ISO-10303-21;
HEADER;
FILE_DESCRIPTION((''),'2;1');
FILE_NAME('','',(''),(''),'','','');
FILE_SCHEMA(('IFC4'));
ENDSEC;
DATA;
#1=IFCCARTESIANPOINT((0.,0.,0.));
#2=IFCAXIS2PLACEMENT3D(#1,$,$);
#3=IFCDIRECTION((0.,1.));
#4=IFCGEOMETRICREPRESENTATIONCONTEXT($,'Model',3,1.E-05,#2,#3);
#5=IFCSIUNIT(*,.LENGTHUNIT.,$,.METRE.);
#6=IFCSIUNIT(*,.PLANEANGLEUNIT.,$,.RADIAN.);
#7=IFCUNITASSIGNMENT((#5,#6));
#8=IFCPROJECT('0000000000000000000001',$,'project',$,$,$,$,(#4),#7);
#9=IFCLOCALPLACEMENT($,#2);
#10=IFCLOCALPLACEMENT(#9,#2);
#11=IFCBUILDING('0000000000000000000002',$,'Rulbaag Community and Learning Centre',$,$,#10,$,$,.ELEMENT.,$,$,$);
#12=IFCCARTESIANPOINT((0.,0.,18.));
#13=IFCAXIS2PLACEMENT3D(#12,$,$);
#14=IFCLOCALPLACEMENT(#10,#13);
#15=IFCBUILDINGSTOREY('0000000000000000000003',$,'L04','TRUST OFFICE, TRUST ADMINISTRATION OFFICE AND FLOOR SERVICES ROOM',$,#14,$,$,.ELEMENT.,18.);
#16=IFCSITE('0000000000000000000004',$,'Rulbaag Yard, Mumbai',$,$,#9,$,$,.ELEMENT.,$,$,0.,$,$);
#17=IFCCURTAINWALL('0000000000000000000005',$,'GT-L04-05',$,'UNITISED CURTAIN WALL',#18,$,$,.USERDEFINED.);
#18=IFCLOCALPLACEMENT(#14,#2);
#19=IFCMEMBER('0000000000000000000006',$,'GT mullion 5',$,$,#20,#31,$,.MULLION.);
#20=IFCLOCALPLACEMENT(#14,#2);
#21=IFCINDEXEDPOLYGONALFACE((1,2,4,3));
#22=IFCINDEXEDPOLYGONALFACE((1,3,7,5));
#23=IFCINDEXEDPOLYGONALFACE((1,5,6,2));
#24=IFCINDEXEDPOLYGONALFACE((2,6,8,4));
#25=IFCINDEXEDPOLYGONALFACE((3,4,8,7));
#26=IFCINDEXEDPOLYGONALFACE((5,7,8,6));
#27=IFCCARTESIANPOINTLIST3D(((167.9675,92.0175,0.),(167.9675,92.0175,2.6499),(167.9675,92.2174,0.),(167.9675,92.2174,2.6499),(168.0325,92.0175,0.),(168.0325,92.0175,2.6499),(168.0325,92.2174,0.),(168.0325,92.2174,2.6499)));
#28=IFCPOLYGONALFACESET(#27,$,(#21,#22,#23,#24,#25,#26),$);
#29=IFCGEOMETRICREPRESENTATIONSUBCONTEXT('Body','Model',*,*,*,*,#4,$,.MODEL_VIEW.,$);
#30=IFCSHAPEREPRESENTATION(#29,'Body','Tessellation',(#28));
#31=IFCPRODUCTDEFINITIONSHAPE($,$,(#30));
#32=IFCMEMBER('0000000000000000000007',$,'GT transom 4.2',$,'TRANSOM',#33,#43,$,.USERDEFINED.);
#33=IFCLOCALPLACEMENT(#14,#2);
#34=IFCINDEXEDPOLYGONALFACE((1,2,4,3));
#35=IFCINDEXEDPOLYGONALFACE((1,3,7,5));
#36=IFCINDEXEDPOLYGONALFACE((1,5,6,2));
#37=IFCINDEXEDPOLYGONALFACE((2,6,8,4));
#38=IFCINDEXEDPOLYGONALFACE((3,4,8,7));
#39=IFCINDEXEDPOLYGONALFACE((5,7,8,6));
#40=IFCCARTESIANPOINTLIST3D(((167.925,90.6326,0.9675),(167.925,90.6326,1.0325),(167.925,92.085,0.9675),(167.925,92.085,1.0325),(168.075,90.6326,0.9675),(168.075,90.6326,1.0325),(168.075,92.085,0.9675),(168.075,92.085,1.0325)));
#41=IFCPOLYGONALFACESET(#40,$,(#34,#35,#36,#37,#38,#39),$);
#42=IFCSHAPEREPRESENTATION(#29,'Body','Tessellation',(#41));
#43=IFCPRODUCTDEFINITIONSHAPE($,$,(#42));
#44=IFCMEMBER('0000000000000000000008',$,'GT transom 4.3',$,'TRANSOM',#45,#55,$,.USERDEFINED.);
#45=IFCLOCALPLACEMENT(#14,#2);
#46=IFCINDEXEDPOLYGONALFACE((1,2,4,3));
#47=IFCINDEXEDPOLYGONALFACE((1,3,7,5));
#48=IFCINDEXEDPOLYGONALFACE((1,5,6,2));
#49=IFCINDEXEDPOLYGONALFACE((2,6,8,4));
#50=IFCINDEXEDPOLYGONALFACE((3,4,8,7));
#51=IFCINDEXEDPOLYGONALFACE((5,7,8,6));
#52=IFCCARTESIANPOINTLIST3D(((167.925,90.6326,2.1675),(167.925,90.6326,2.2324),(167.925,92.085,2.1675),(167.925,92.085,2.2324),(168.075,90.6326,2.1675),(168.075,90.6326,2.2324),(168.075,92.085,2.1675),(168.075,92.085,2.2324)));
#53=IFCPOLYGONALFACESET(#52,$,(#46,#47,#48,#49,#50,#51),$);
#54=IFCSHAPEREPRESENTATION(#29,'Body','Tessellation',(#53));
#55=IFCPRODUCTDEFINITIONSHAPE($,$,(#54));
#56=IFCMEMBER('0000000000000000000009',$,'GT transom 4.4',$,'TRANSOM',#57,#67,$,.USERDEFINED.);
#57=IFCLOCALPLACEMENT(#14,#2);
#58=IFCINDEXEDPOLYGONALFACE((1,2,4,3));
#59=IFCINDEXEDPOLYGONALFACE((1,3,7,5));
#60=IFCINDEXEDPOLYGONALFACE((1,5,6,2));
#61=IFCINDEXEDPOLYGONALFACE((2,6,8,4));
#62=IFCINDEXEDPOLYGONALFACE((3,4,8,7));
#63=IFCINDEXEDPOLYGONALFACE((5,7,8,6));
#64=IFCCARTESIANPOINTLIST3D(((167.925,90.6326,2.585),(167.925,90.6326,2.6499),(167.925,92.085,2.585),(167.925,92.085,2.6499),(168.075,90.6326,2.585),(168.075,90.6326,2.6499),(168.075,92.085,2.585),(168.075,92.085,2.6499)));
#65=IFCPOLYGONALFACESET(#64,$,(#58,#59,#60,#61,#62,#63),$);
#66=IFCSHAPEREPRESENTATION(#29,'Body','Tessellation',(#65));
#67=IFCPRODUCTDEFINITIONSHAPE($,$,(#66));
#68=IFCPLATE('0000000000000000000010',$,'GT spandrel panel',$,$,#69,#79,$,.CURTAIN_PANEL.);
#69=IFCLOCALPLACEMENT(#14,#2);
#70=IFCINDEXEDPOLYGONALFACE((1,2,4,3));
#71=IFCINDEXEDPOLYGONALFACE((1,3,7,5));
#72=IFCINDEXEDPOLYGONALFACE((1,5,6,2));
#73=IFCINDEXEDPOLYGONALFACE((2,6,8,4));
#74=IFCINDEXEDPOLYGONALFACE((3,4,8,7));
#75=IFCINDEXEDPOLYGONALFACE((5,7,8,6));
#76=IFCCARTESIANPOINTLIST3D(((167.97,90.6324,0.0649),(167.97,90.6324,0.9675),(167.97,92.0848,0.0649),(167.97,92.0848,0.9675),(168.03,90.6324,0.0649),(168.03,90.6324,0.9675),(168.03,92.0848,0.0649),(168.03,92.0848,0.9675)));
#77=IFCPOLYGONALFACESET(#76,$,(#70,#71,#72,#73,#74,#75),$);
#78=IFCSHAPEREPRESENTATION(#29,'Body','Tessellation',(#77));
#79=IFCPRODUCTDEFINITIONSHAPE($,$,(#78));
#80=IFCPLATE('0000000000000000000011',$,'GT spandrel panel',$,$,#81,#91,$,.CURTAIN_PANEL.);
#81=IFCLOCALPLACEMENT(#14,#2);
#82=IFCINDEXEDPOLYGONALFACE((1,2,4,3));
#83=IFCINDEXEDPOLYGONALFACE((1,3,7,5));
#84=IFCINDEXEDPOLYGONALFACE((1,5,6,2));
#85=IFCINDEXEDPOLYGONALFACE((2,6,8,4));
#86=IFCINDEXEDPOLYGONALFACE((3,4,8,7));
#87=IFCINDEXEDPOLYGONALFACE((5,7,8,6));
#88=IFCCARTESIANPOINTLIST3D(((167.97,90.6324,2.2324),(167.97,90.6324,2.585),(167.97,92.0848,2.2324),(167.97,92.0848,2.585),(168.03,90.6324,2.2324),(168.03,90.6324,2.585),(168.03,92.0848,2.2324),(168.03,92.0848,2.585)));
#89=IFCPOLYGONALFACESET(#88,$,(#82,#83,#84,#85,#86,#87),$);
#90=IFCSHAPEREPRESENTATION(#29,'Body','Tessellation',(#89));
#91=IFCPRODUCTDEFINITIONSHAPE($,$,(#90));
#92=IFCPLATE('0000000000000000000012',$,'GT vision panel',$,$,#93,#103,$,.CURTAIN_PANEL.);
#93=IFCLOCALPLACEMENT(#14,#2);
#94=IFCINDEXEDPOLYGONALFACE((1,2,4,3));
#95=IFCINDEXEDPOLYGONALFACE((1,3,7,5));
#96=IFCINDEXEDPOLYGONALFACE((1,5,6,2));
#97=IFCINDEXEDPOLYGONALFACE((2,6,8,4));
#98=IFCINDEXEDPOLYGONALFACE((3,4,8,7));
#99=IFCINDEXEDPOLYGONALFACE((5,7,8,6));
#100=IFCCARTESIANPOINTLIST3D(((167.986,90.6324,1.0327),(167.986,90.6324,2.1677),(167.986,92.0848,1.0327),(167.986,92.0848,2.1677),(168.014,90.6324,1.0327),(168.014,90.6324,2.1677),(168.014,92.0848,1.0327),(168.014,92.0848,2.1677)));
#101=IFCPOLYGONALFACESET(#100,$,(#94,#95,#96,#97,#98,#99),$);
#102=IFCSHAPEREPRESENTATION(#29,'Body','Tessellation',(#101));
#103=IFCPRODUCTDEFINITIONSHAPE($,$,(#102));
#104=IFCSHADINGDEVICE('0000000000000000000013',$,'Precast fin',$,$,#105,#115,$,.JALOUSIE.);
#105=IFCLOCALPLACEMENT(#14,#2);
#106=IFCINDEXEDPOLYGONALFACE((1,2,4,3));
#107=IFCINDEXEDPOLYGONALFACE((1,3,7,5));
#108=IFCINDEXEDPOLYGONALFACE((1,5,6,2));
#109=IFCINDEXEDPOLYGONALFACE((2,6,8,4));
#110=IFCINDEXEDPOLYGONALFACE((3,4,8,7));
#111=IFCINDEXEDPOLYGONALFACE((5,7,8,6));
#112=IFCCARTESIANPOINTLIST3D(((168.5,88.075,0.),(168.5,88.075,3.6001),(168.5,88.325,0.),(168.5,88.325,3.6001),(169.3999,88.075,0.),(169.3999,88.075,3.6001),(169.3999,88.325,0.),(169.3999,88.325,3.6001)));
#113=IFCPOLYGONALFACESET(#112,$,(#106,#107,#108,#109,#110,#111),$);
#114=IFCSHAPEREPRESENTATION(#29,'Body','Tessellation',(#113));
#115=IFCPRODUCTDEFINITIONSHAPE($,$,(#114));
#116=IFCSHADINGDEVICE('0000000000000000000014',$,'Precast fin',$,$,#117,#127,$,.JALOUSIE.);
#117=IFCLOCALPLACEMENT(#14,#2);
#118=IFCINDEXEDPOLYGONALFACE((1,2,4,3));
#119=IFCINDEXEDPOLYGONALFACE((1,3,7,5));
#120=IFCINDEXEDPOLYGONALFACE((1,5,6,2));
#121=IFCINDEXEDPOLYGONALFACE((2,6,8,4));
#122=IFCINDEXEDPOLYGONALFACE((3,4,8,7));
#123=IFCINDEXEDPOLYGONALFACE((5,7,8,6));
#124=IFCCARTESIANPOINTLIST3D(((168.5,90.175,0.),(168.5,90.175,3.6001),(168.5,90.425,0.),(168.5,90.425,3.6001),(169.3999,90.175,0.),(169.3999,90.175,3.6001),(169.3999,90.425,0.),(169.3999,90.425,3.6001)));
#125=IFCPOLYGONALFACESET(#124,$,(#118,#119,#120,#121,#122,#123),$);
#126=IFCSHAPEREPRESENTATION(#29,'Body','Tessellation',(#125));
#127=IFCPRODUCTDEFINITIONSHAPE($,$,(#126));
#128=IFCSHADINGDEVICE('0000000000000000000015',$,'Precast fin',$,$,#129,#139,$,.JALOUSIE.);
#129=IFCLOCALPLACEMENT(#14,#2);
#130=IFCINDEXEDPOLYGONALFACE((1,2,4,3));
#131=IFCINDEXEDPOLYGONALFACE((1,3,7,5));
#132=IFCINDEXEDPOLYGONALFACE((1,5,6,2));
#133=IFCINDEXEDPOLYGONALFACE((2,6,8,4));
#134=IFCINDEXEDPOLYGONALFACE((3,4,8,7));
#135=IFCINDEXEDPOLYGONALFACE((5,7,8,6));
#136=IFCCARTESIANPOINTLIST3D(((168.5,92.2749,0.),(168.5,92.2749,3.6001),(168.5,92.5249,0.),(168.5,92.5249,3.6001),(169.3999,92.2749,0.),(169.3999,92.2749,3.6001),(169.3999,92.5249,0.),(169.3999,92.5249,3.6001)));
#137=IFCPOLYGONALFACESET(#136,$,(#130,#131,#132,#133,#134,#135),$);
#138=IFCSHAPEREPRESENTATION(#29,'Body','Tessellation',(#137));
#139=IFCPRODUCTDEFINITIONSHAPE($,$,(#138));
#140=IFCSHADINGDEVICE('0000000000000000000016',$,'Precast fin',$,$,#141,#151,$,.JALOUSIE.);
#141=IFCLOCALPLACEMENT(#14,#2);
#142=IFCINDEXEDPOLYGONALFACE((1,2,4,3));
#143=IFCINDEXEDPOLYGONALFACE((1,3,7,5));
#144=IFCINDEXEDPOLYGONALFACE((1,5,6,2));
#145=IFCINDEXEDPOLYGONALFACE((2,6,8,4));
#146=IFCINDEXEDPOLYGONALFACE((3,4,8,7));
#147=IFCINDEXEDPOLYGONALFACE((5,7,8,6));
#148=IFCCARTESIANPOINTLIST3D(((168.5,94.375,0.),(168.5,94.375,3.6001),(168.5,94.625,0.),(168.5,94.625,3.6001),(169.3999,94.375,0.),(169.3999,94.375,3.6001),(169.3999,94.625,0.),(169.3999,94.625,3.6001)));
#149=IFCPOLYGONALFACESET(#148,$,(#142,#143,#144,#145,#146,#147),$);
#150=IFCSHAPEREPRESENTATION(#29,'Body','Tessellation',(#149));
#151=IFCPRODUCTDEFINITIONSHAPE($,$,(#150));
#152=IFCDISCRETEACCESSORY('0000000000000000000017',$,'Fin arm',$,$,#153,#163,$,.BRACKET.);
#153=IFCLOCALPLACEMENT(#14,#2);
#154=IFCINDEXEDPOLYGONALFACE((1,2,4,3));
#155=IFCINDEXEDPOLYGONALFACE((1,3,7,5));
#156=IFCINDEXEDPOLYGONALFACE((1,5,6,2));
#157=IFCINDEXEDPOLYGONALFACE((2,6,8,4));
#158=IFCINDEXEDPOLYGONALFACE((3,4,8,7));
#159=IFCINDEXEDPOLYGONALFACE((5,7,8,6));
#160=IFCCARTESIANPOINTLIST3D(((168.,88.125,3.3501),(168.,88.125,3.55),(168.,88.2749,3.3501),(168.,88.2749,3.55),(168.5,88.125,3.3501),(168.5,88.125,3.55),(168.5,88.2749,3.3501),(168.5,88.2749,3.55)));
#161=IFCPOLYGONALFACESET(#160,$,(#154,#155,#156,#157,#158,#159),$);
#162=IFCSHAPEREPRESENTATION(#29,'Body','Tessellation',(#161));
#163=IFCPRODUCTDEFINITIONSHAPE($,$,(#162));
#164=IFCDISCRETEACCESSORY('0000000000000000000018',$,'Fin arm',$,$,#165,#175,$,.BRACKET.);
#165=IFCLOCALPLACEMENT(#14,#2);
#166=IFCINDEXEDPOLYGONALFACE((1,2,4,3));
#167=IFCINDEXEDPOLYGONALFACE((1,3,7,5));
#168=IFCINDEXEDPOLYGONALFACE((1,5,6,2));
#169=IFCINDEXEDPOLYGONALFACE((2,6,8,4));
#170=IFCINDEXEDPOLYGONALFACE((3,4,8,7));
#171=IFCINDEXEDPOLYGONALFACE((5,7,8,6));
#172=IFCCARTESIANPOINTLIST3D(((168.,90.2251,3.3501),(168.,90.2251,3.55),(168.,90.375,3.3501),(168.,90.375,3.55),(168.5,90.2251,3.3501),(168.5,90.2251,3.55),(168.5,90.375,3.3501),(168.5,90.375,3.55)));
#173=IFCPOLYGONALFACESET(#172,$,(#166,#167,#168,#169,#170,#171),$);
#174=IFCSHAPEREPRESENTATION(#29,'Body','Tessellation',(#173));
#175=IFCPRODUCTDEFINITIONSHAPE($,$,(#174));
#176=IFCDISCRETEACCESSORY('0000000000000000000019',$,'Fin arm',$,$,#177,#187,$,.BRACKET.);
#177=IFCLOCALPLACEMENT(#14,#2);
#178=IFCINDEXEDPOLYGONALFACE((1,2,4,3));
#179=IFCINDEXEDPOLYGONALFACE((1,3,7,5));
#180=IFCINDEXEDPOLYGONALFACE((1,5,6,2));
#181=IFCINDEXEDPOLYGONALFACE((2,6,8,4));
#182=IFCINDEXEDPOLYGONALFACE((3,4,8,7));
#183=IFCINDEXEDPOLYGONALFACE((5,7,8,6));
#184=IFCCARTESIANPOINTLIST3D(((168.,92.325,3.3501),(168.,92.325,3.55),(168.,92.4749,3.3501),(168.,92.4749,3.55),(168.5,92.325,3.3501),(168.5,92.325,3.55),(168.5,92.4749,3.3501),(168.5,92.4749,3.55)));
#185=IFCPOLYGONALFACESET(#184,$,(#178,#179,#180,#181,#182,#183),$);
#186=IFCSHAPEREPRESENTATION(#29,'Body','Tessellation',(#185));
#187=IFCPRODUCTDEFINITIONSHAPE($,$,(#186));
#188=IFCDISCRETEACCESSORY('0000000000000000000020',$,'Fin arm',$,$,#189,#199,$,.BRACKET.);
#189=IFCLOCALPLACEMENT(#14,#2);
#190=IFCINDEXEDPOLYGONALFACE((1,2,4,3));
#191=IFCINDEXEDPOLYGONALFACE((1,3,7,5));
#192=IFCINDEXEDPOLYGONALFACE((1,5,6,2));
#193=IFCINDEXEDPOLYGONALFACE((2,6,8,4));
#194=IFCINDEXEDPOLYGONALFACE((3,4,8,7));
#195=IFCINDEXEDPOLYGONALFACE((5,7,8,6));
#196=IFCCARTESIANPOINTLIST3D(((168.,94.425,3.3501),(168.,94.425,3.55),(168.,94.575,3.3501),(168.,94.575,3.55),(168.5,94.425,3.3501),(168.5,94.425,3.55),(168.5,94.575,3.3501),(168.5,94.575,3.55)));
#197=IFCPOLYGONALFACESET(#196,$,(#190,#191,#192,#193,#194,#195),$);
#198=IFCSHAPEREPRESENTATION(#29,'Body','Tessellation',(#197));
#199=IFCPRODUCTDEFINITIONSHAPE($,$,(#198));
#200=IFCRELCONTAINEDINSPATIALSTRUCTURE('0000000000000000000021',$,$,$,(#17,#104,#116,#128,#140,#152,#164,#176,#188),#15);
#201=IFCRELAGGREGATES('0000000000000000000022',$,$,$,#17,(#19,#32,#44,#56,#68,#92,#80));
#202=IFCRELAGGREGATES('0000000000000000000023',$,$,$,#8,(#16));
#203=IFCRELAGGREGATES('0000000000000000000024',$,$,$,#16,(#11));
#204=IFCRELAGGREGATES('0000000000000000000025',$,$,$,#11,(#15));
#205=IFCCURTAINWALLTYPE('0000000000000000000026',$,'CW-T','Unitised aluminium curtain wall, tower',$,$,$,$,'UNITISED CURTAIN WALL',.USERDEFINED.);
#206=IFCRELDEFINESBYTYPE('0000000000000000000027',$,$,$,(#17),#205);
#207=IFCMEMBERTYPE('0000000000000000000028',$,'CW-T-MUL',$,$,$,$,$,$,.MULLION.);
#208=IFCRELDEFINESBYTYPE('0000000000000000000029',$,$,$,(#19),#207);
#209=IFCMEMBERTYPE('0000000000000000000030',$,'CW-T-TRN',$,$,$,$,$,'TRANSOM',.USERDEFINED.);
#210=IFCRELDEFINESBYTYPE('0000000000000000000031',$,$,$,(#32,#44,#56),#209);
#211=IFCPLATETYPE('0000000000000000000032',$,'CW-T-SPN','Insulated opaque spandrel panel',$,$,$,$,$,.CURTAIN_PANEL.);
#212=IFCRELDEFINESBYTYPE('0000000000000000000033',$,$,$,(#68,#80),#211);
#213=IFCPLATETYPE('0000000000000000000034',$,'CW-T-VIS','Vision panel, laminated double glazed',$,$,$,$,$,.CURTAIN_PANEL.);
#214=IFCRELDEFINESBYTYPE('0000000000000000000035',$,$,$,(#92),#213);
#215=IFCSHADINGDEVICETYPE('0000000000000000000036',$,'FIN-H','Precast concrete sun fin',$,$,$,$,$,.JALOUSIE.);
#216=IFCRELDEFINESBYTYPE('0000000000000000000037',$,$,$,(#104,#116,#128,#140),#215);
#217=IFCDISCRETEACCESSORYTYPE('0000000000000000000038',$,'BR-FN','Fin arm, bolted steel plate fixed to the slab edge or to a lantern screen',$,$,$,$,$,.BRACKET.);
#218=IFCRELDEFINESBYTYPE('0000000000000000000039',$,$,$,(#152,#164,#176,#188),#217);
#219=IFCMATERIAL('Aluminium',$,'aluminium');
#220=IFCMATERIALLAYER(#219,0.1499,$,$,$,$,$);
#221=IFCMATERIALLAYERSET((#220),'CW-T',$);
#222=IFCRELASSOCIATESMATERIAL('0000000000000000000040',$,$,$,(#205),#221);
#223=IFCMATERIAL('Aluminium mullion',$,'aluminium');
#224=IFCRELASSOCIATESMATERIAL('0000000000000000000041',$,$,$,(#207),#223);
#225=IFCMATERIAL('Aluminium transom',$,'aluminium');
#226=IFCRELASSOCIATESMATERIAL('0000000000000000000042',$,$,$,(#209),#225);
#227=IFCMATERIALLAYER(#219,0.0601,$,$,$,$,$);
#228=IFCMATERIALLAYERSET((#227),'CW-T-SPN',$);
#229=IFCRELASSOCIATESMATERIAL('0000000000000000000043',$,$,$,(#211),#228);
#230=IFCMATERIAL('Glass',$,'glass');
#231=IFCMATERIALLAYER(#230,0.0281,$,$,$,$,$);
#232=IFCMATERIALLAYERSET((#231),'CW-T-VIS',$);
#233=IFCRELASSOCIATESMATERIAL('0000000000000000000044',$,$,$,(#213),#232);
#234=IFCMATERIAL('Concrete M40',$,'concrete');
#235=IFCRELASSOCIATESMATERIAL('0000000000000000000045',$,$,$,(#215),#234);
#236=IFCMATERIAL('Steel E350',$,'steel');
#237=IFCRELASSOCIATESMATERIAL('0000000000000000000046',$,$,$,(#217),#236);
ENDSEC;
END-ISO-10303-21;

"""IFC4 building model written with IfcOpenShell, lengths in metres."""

from ifc_helpers import new_model, si_unit, direction, frame, origin, origin_2d, place, context, subcontext, project, spatial, rectangle, extrude, material, layer, layer_set, material_profile, profile_set, type_object, element, aggregate, save


model = new_model("IFC4")

# Units and contexts
model_context = context("Model", 3, precision=1e-05, world=origin(), true_north=direction((0.0, 1.0)))
body_context = subcontext(model_context, "Body", "Model", "MODEL_VIEW")
ifc_project = project(units=[si_unit("LENGTHUNIT", "METRE"), si_unit("PLANEANGLEUNIT", "RADIAN")], contexts=[model_context])

# Site, building, storey
site_placement = place(None, origin())
site = spatial("IfcSite", under=ifc_project, at=site_placement, Name="Rulbaag Yard, Mumbai", CompositionType="ELEMENT", RefElevation=0.0)
building_placement = place(site_placement, origin())
building = spatial("IfcBuilding", under=site, at=building_placement, Name="Rulbaag Community and Learning Centre", CompositionType="ELEMENT")
storey_placement = place(building_placement, frame((0.0, 0.0, 18.0)))
storey = spatial("IfcBuildingStorey", under=building, at=storey_placement, Name="L04", Description="TRUST OFFICE, TRUST ADMINISTRATION OFFICE AND FLOOR SERVICES ROOM", CompositionType="ELEMENT", Elevation=18.0)

# Curtain wall, members, plates
ifc_material_1 = material(Name="Aluminium", Category="aluminium")
ifc_layer_1 = layer(ifc_material_1, 0.1499)
ifc_layer_set_1 = layer_set([ifc_layer_1], Name="CW-T")
curtain_wall_type = type_object("IfcCurtainWallType", Name="CW-T", Description="Unitised aluminium curtain wall, tower", ElementType="UNITISED CURTAIN WALL", PredefinedType="USERDEFINED", material=ifc_layer_set_1)
curtain_wall_placement = place(storey_placement, origin())
curtain_wall = element("IfcCurtainWall", 1, at=curtain_wall_placement, inside=storey, type_object=curtain_wall_type, Name="GT-L04-05", ObjectType="UNITISED CURTAIN WALL", PredefinedType="USERDEFINED")
ifc_material_2 = material(Name="Aluminium mullion", Category="aluminium")
ifc_material_profile_1 = material_profile(ifc_material_2, rectangle(XDim=0.0649, YDim=0.2, at=origin_2d()), Name="AL 65x200")
ifc_profile_set_1 = profile_set([ifc_material_profile_1], Name="Aluminium mullion")
member_type_1 = type_object("IfcMemberType", Name="CW-T-MUL", PredefinedType="MULLION", material=ifc_profile_set_1)
member_1_placement = place(storey_placement, frame((168.0, 92.1174, 0.0), z_axis=(0.0, 0.0, 1.0), x_axis=(-1.0, 0.0, 0.0)))
member_1 = element("IfcMember", 2, at=member_1_placement, type_object=member_type_1, Name="GT mullion 5", PredefinedType="MULLION", context=body_context, shape_type="SweptSolid", body=[
    extrude(rectangle(XDim=0.0649, YDim=0.2, at=origin_2d()), origin(), (0.0, 0.0, 1.0), 2.6499),
])
ifc_material_3 = material(Name="Aluminium transom", Category="aluminium")
ifc_material_profile_2 = material_profile(ifc_material_3, rectangle(XDim=0.1499, YDim=0.0649, at=origin_2d()), Name="AL 65x150 T")
ifc_profile_set_2 = profile_set([ifc_material_profile_2], Name="Aluminium transom")
member_type_2 = type_object("IfcMemberType", Name="CW-T-TRN", ElementType="TRANSOM", PredefinedType="USERDEFINED", material=ifc_profile_set_2)
member_2_placement = place(storey_placement, frame((168.0, 90.6326, 1.0), z_axis=(0.0, 1.0, 0.0), x_axis=(-1.0, 0.0, 0.0)))
member_2 = element("IfcMember", 3, at=member_2_placement, type_object=member_type_2, Name="GT transom 4.2", ObjectType="TRANSOM", PredefinedType="USERDEFINED", context=body_context, shape_type="SweptSolid", body=[
    extrude(rectangle(XDim=0.1499, YDim=0.0649, at=origin_2d()), origin(), (0.0, 0.0, 1.0), 1.4524),
])
member_3_placement = place(storey_placement, frame((168.0, 90.6326, 2.2), z_axis=(0.0, 1.0, 0.0), x_axis=(-1.0, 0.0, 0.0)))
member_3 = element("IfcMember", 4, at=member_3_placement, type_object=member_type_2, Name="GT transom 4.3", ObjectType="TRANSOM", PredefinedType="USERDEFINED", context=body_context, shape_type="SweptSolid", body=[
    extrude(rectangle(XDim=0.1499, YDim=0.0649, at=origin_2d()), origin(), (0.0, 0.0, 1.0), 1.4524),
])
member_4_placement = place(storey_placement, frame((168.0, 90.6326, 2.6174), z_axis=(0.0, 1.0, 0.0), x_axis=(-1.0, 0.0, 0.0)))
member_4 = element("IfcMember", 5, at=member_4_placement, type_object=member_type_2, Name="GT transom 4.4", ObjectType="TRANSOM", PredefinedType="USERDEFINED", context=body_context, shape_type="SweptSolid", body=[
    extrude(rectangle(XDim=0.1499, YDim=0.0649, at=origin_2d()), origin(), (0.0, 0.0, 1.0), 1.4524),
])
ifc_layer_2 = layer(ifc_material_1, 0.0601)
ifc_layer_set_2 = layer_set([ifc_layer_2], Name="CW-T-SPN")
plate_type_1 = type_object("IfcPlateType", Name="CW-T-SPN", Description="Insulated opaque spandrel panel", PredefinedType="CURTAIN_PANEL", material=ifc_layer_set_2)
plate_1_placement = place(storey_placement, frame((168.0, 91.3586, 0.0649), z_axis=(0.0, 0.0, 1.0), x_axis=(0.0, 1.0, 0.0)))
plate_1 = element("IfcPlate", 6, at=plate_1_placement, type_object=plate_type_1, Name="GT spandrel panel", PredefinedType="CURTAIN_PANEL", context=body_context, shape_type="SweptSolid", body=[
    extrude(rectangle(XDim=1.4524, YDim=0.0601, at=origin_2d()), origin(), (0.0, 0.0, 1.0), 0.9026),
])
plate_2_placement = place(storey_placement, frame((168.0, 91.3586, 2.2324), z_axis=(0.0, 0.0, 1.0), x_axis=(0.0, 1.0, 0.0)))
plate_2 = element("IfcPlate", 7, at=plate_2_placement, type_object=plate_type_1, Name="GT spandrel panel", PredefinedType="CURTAIN_PANEL", context=body_context, shape_type="SweptSolid", body=[
    extrude(rectangle(XDim=1.4524, YDim=0.0601, at=origin_2d()), origin(), (0.0, 0.0, 1.0), 0.3525),
])
ifc_material_4 = material(Name="Glass", Category="glass")
ifc_layer_3 = layer(ifc_material_4, 0.0281)
ifc_layer_set_3 = layer_set([ifc_layer_3], Name="CW-T-VIS")
plate_type_2 = type_object("IfcPlateType", Name="CW-T-VIS", Description="Vision panel, laminated double glazed", PredefinedType="CURTAIN_PANEL", material=ifc_layer_set_3)
plate_3_placement = place(storey_placement, frame((168.0, 91.3586, 1.0327), z_axis=(0.0, 0.0, 1.0), x_axis=(0.0, 1.0, 0.0)))
plate_3 = element("IfcPlate", 8, at=plate_3_placement, type_object=plate_type_2, Name="GT vision panel", PredefinedType="CURTAIN_PANEL", context=body_context, shape_type="SweptSolid", body=[
    extrude(rectangle(XDim=1.4524, YDim=0.0281, at=origin_2d()), origin(), (0.0, 0.0, 1.0), 1.135),
])
aggregate(curtain_wall, [member_1, member_2, member_3, member_4, plate_1, plate_3, plate_2])

# Shading devices
ifc_material_5 = material(Name="Concrete M40", Category="concrete")
ifc_material_profile_3 = material_profile(ifc_material_5, rectangle(XDim=0.25, YDim=0.8999, at=origin_2d()), Name="PC 250x900")
ifc_profile_set_3 = profile_set([ifc_material_profile_3], Name="Concrete M40")
shading_device_type = type_object("IfcShadingDeviceType", Name="FIN-H", Description="Precast concrete sun fin", PredefinedType="JALOUSIE", material=ifc_profile_set_3)
for number, where, z_axis, x_axis, name in (
    (9, (168.95, 88.2, 0.0), (0.0, 0.0, 1.0), (0.0, 1.0, 0.0), "Precast fin"),
    (10, (168.95, 90.3, 0.0), (0.0, 0.0, 1.0), (0.0, 1.0, 0.0), "Precast fin"),
    (11, (168.95, 92.3999, 0.0), (0.0, 0.0, 1.0), (0.0, 1.0, 0.0), "Precast fin"),
    (12, (168.95, 94.5, 0.0), (0.0, 0.0, 1.0), (0.0, 1.0, 0.0), "Precast fin"),
):
    element("IfcShadingDevice", number, at=place(storey_placement, frame(where, z_axis=z_axis, x_axis=x_axis)), inside=storey, type_object=shading_device_type, Name=name, PredefinedType="JALOUSIE", context=body_context, shape_type="SweptSolid", body=[
        extrude(rectangle(XDim=0.25, YDim=0.8999, at=origin_2d()), origin(), (0.0, 0.0, 1.0), 3.6001),
    ])

# Discrete accessories
ifc_material_6 = material(Name="Steel E350", Category="steel")
discrete_accessory_type = type_object("IfcDiscreteAccessoryType", Name="BR-FN", Description="Fin arm, bolted steel plate fixed to the slab edge or to a lantern screen", PredefinedType="BRACKET", material=ifc_material_6)
for number, where, z_axis, x_axis, name in (
    (13, (168.25, 88.2, 3.3501), (0.0, 0.0, 1.0), (1.0, 0.0, 0.0), "Fin arm"),
    (14, (168.25, 90.3, 3.3501), (0.0, 0.0, 1.0), (1.0, 0.0, 0.0), "Fin arm"),
    (15, (168.25, 92.3999, 3.3501), (0.0, 0.0, 1.0), (1.0, 0.0, 0.0), "Fin arm"),
    (16, (168.25, 94.5, 3.3501), (0.0, 0.0, 1.0), (1.0, 0.0, 0.0), "Fin arm"),
):
    element("IfcDiscreteAccessory", number, at=place(storey_placement, frame(where, z_axis=z_axis, x_axis=x_axis)), inside=storey, type_object=discrete_accessory_type, Name=name, PredefinedType="BRACKET", context=body_context, shape_type="SweptSolid", body=[
        extrude(rectangle(XDim=0.5, YDim=0.1499, at=origin_2d()), origin(), (0.0, 0.0, 1.0), 0.2),
    ])

save(model, "model.ifc")
